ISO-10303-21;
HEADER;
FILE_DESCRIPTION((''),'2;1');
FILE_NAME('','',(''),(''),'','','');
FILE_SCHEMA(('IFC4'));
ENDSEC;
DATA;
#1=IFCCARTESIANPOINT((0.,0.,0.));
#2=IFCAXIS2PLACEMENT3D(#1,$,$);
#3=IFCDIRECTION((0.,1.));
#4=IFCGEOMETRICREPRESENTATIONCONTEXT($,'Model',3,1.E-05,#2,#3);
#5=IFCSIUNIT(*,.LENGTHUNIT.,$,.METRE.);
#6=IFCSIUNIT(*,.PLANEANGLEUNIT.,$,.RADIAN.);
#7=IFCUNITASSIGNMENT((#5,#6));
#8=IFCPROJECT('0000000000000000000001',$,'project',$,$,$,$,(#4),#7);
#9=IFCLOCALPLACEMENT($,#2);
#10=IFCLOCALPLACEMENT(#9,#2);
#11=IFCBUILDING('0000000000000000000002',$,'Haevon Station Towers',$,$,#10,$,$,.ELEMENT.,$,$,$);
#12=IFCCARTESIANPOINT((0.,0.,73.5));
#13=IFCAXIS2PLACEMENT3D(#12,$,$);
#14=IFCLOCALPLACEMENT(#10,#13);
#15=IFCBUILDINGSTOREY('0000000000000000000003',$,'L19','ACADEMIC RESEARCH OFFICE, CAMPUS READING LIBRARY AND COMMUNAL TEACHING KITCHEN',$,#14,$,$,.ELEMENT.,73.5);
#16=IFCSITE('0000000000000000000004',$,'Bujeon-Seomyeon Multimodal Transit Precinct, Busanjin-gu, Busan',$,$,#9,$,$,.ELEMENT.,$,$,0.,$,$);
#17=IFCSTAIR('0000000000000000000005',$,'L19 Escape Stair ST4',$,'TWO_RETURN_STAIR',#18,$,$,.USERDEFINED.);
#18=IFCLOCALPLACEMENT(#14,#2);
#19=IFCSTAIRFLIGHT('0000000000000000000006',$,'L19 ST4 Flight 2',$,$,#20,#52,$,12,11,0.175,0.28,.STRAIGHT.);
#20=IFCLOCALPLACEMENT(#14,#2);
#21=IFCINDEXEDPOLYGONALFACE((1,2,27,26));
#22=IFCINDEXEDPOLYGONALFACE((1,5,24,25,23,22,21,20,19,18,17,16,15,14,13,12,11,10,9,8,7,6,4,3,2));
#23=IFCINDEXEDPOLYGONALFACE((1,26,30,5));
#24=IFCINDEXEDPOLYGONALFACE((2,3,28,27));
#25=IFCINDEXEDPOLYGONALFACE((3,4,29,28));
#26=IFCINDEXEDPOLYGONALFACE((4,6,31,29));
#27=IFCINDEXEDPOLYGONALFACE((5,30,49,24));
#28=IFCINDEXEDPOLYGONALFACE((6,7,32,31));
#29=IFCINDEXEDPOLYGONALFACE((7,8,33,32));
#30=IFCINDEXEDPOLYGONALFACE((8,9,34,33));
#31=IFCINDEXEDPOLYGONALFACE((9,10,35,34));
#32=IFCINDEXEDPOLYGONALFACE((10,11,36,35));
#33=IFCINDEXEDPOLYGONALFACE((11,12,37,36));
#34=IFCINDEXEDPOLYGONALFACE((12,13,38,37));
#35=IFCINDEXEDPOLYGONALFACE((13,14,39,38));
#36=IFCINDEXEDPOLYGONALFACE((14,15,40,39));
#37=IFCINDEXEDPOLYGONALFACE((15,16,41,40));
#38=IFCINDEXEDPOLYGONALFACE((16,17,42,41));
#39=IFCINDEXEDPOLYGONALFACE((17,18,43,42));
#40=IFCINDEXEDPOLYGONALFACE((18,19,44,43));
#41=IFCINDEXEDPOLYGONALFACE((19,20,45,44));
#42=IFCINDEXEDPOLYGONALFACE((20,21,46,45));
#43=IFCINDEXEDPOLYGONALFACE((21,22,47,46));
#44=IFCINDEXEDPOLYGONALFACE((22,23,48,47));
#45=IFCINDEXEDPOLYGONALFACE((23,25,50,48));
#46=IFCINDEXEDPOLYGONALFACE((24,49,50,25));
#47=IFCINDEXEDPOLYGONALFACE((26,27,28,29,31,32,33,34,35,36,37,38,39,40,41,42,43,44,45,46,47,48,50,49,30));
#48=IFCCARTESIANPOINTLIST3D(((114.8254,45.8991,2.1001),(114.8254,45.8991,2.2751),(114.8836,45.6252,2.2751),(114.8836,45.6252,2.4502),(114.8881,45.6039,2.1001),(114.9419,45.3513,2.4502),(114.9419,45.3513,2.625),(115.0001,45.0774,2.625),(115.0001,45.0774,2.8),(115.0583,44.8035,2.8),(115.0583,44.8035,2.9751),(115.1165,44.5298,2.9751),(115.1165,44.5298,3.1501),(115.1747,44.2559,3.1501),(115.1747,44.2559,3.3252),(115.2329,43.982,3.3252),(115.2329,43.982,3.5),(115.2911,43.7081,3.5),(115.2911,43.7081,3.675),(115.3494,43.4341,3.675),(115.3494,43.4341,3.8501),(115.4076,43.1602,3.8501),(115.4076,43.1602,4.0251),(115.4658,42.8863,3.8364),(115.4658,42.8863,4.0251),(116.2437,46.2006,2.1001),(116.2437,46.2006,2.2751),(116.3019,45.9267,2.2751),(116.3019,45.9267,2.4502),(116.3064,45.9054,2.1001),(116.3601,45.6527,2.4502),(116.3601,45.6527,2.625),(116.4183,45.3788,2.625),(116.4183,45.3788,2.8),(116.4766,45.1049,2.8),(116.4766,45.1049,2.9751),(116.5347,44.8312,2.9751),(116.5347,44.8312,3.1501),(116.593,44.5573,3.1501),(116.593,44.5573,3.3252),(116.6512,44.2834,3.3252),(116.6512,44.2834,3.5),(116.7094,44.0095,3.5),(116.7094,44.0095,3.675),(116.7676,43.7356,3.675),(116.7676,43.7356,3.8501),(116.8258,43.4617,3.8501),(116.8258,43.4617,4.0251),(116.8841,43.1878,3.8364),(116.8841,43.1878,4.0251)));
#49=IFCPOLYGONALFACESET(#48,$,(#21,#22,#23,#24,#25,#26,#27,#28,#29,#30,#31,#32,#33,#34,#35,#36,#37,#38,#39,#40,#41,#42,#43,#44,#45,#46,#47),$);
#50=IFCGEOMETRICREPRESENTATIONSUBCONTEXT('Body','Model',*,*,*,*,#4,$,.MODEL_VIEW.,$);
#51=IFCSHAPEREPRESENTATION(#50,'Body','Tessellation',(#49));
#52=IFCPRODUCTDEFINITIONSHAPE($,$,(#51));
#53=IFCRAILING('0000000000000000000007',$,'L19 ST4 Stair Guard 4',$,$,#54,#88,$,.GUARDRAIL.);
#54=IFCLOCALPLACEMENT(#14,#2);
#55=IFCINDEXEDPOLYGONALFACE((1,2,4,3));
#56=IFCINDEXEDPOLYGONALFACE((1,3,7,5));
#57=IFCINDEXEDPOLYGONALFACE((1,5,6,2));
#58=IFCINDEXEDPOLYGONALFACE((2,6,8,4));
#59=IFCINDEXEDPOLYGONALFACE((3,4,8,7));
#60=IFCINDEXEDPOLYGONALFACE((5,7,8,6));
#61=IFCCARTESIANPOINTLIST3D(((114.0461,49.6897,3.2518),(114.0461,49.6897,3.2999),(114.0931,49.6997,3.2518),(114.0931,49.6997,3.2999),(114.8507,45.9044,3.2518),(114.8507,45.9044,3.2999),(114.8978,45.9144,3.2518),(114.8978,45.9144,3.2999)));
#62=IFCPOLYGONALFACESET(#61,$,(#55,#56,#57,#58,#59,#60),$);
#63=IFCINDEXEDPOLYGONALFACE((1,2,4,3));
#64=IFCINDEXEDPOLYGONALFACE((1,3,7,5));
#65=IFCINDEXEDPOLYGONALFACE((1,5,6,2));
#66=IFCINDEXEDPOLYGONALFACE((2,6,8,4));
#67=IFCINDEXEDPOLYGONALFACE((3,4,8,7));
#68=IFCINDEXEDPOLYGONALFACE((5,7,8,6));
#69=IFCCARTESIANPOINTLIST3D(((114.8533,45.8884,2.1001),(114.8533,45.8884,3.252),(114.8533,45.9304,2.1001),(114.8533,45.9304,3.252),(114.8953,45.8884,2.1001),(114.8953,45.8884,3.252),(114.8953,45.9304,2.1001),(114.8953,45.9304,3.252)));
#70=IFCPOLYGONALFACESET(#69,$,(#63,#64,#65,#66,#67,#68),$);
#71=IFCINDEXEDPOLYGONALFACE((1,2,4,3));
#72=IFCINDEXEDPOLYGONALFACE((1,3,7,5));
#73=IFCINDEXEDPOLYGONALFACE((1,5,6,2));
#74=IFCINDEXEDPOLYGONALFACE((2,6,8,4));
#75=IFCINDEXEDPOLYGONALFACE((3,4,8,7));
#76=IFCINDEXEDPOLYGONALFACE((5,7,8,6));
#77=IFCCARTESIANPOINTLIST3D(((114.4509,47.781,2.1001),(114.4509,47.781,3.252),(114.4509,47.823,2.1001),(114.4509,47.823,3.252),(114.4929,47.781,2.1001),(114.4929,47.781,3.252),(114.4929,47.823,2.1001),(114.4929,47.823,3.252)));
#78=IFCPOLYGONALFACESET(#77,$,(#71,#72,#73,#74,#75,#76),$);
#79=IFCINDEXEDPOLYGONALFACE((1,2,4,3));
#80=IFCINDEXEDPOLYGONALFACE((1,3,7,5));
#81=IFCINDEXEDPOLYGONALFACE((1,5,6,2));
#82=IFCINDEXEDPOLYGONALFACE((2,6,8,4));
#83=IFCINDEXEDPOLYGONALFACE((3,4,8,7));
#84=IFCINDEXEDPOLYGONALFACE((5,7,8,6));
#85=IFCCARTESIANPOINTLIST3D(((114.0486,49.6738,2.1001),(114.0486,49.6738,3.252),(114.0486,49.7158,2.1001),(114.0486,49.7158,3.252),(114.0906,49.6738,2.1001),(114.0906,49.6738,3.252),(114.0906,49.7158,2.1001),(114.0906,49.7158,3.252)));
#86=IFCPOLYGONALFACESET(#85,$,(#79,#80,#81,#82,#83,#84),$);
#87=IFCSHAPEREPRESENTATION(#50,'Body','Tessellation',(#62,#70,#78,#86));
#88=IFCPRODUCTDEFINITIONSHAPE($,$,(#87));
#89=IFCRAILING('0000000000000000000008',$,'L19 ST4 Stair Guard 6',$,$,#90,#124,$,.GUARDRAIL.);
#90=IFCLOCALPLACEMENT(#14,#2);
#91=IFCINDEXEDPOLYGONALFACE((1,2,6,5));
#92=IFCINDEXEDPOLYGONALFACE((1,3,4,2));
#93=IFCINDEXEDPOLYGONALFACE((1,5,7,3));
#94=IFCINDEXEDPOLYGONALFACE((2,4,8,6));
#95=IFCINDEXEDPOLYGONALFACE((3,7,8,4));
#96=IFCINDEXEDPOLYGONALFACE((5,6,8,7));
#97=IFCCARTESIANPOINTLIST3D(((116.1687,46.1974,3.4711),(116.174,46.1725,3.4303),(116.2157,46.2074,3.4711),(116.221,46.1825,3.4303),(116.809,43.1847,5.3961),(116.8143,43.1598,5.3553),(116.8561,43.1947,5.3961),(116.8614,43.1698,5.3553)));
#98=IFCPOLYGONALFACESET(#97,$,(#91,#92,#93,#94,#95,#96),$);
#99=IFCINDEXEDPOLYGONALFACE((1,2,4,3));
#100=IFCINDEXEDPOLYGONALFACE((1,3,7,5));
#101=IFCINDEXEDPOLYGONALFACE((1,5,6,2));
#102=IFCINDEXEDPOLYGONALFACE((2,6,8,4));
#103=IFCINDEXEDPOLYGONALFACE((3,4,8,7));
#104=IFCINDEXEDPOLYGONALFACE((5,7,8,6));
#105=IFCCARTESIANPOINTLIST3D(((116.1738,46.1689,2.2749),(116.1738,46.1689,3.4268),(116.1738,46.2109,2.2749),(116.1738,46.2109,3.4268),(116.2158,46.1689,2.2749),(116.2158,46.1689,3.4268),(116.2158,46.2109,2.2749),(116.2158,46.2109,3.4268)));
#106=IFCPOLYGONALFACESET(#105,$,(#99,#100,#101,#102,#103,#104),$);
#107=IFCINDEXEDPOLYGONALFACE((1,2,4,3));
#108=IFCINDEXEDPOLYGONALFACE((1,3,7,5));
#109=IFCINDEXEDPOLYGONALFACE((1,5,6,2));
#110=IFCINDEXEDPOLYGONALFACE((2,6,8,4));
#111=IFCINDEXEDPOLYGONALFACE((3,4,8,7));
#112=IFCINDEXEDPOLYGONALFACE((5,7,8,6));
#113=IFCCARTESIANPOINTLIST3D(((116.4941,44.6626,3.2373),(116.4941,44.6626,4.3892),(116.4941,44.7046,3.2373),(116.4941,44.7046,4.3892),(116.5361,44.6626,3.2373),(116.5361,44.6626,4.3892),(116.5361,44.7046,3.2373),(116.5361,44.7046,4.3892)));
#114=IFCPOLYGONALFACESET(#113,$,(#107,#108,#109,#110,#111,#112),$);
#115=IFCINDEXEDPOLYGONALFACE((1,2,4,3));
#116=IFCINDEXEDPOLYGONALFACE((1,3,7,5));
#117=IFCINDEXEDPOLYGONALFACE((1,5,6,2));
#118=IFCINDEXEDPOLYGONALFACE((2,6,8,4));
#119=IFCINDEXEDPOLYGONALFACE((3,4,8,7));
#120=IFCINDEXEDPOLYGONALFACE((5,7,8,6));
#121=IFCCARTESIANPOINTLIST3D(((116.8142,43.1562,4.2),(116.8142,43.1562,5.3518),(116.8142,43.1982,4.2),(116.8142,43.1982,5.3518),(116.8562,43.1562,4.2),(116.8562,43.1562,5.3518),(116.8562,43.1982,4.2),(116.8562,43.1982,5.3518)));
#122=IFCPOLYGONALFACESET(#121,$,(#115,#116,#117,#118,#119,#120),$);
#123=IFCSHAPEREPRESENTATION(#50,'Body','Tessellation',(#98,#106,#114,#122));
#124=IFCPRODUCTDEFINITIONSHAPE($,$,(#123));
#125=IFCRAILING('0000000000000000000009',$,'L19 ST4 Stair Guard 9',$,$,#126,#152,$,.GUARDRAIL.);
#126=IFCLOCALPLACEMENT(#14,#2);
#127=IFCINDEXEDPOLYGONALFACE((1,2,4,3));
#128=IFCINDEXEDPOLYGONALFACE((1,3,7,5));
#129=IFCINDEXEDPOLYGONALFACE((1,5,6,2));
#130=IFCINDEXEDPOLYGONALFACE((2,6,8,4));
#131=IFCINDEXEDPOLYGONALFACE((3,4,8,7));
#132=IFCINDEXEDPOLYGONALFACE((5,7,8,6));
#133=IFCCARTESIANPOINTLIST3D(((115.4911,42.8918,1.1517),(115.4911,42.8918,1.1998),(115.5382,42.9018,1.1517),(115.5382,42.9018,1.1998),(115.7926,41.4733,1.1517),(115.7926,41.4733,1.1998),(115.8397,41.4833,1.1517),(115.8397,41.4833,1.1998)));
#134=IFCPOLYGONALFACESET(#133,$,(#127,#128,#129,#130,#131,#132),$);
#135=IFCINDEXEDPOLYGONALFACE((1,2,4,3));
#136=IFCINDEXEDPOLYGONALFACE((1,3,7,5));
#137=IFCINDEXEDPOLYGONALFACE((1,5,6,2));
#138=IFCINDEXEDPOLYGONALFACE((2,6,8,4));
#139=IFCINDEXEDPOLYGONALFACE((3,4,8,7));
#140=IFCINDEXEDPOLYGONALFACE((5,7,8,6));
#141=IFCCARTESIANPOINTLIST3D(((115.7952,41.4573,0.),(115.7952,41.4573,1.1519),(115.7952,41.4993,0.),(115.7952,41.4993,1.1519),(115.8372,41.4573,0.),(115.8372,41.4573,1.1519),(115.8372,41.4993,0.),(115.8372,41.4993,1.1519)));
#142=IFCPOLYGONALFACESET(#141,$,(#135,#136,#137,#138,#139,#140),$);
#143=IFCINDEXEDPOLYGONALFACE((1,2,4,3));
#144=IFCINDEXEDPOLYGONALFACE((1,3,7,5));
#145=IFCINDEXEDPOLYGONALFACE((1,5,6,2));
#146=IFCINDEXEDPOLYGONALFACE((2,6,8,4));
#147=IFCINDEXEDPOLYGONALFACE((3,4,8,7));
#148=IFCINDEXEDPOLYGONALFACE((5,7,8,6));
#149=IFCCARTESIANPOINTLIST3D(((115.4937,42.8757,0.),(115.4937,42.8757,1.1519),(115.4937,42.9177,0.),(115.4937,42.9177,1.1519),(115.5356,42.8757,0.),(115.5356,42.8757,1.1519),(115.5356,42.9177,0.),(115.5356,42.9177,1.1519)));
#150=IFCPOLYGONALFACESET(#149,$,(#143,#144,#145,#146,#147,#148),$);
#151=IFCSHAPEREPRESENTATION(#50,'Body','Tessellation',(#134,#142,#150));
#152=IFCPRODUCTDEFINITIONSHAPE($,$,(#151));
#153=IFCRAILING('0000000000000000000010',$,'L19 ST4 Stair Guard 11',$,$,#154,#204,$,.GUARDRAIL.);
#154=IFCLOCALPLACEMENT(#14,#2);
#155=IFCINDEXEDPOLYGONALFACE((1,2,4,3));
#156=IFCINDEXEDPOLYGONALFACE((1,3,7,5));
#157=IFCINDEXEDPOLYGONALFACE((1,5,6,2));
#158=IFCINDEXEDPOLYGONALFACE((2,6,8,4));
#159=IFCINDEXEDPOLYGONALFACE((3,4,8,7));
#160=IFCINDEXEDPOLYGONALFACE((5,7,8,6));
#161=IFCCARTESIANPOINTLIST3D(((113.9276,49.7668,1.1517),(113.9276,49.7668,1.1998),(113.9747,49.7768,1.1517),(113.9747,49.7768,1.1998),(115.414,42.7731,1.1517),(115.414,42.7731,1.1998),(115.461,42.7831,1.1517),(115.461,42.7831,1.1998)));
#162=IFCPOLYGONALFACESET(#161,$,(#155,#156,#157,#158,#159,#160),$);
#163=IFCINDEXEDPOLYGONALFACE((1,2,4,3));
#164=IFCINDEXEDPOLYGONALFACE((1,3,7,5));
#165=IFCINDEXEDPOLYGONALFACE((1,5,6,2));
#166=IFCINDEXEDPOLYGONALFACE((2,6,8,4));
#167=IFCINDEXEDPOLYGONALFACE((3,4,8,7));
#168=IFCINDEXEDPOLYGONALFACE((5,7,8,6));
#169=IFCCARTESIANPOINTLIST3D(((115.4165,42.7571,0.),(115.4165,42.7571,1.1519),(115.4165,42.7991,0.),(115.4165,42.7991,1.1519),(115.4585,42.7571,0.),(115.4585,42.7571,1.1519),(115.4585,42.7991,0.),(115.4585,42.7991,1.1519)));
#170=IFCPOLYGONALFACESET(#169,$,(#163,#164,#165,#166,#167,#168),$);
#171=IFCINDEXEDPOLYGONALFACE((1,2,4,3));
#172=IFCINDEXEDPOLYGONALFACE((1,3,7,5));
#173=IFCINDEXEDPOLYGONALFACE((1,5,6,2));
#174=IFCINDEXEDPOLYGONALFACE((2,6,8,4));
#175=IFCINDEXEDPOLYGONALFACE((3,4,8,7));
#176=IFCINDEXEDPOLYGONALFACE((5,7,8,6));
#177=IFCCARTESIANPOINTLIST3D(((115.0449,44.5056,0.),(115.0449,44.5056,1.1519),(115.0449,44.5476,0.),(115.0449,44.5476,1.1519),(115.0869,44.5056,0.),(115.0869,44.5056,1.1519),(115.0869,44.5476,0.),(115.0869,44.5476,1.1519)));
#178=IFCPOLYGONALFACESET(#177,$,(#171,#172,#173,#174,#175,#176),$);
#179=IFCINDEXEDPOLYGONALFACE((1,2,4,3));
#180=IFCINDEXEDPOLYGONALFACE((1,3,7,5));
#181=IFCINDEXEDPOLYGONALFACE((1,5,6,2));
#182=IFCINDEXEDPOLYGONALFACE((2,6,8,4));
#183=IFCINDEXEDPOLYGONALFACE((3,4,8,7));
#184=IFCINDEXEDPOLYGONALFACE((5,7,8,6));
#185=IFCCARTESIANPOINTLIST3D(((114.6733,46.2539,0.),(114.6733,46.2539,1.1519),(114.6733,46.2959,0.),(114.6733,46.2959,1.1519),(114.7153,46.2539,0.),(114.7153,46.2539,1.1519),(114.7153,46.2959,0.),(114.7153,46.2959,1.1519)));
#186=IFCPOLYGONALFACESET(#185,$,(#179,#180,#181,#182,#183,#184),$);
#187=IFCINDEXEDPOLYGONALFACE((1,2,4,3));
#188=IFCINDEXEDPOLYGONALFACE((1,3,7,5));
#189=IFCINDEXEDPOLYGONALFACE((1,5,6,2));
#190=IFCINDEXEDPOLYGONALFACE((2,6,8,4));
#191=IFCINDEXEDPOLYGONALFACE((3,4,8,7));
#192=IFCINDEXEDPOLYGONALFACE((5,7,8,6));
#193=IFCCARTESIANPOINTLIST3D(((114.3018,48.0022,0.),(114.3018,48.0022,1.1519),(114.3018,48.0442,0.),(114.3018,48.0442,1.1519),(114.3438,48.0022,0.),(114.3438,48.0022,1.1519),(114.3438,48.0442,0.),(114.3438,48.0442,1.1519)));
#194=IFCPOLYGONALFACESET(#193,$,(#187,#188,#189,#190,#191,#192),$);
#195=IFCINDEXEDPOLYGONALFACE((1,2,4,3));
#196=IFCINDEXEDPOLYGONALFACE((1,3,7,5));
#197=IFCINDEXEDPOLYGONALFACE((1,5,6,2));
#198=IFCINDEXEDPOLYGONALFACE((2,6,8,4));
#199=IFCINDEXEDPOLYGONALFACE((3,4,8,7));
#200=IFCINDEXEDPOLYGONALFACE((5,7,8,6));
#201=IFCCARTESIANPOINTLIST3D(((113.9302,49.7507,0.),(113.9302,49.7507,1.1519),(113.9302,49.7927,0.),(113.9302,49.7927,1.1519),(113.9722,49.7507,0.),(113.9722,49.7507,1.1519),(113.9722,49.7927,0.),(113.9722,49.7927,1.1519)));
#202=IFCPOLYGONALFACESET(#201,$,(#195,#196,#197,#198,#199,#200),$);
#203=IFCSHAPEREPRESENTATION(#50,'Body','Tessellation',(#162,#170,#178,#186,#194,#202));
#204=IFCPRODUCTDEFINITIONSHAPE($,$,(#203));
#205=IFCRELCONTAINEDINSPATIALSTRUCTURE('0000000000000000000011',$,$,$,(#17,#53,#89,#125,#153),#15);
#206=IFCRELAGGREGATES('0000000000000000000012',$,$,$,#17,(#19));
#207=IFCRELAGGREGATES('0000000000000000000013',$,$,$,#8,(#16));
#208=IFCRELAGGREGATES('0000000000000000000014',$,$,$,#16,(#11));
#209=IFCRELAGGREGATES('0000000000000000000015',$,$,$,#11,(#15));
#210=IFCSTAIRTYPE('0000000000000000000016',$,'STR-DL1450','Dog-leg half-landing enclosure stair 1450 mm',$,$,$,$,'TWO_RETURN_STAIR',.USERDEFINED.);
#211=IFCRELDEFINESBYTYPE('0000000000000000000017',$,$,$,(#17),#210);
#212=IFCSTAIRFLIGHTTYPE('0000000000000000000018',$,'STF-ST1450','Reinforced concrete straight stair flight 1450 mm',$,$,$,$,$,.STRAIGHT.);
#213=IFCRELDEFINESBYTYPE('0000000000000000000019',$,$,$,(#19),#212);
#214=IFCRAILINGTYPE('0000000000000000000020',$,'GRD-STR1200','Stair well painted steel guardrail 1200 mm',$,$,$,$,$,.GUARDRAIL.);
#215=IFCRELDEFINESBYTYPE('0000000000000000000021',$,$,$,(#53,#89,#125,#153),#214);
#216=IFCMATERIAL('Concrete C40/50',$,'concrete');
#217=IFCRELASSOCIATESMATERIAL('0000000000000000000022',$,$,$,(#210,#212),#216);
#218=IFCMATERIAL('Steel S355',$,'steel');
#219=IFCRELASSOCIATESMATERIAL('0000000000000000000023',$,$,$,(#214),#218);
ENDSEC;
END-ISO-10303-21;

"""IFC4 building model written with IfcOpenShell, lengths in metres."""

from ifc_helpers import new_model, si_unit, direction, frame, origin, origin_2d, place, context, subcontext, project, spatial, polyline, rectangle, outline, extrude, material, type_object, element, aggregate, save


model = new_model("IFC4")

# Units and contexts
model_context = context("Model", 3, precision=1e-05, world=origin(), true_north=direction((0.0, 1.0)))
body_context = subcontext(model_context, "Body", "Model", "MODEL_VIEW")
ifc_project = project(units=[si_unit("LENGTHUNIT", "METRE"), si_unit("PLANEANGLEUNIT", "RADIAN")], contexts=[model_context])

# Site, building, storey
site_placement = place(None, origin())
site = spatial("IfcSite", under=ifc_project, at=site_placement, Name="Bujeon-Seomyeon Multimodal Transit Precinct, Busanjin-gu, Busan", CompositionType="ELEMENT", RefElevation=0.0)
building_placement = place(site_placement, origin())
building = spatial("IfcBuilding", under=site, at=building_placement, Name="Haevon Station Towers", CompositionType="ELEMENT")
storey_placement = place(building_placement, frame((0.0, 0.0, 73.5)))
storey = spatial("IfcBuildingStorey", under=building, at=storey_placement, Name="L19", Description="ACADEMIC RESEARCH OFFICE, CAMPUS READING LIBRARY AND COMMUNAL TEACHING KITCHEN", CompositionType="ELEMENT", Elevation=73.5)

# Shared definitions
ifc_material_1 = material(Name="Steel S355", Category="steel")

# Shared definitions
ifc_material_2 = material(Name="Concrete C40/50", Category="concrete")

# Stair, stair flight
stair_type = type_object("IfcStairType", Name="STR-DL1450", Description="Dog-leg half-landing enclosure stair 1450 mm", ElementType="TWO_RETURN_STAIR", PredefinedType="USERDEFINED", material=ifc_material_2)
stair_placement = place(storey_placement, origin())
stair = element("IfcStair", 1, at=stair_placement, inside=storey, type_object=stair_type, Name="L19 Escape Stair ST4", ObjectType="TWO_RETURN_STAIR", PredefinedType="USERDEFINED")
stair_flight_type = type_object("IfcStairFlightType", Name="STF-ST1450", Description="Reinforced concrete straight stair flight 1450 mm", PredefinedType="STRAIGHT", material=ifc_material_2)
stair_flight_placement = place(storey_placement, frame((115.5344, 46.0498, 2.1001), z_axis=(0.0, 0.0, 1.0), x_axis=(0.207912, -0.978148, 0.0)))
stair_flight = element("IfcStairFlight", 2, at=stair_flight_placement, type_object=stair_flight_type, Name="L19 ST4 Flight 2", NumberOfRisers=12, NumberOfTreads=11, PredefinedType="STRAIGHT", RiserHeight=0.175, TreadLength=0.28, context=body_context, shape_type="SweptSolid", body=[
    extrude(outline(polyline([(0.0, 0.0), (0.0, 0.175), (0.28, 0.175), (0.28, 0.3501), (0.5601, 0.3501), (0.5601, 0.5249), (0.8401, 0.5249), (0.8401, 0.7), (1.1201, 0.7), (1.1201, 0.875), (1.3999, 0.875), (1.3999, 1.05), (1.6799, 1.05), (1.6799, 1.2251), (1.96, 1.2251), (1.96, 1.3999), (2.24, 1.3999), (2.24, 1.575), (2.52, 1.575), (2.52, 1.75), (2.8, 1.75), (2.8, 1.925), (3.0801, 1.925), (3.0801, 2.1001), (3.0801, 1.7363), (0.3018, 0.0), (0.0, 0.0)])), frame((0.0, 0.7251, 0.0), z_axis=(0.0, -1.0, 0.0), x_axis=(1.0, 0.0, 0.0)), (0.0, 0.0, 1.0), 1.45),
])
aggregate(stair, [stair_flight])

# Railings
railing_type_1 = type_object("IfcRailingType", Name="GRD-STR1200", Description="Stair well painted steel guardrail 1200 mm", PredefinedType="GUARDRAIL", material=ifc_material_1)
railing_1_placement = place(storey_placement, frame((114.8743, 45.9094, 2.1001)))
element("IfcRailing", 3, at=railing_1_placement, inside=storey, type_object=railing_type_1, Name="L19 ST4 Stair Guard 4", PredefinedType="GUARDRAIL", context=body_context, shape_type="SweptSolid", body=[
    extrude(rectangle(XDim=0.0481, YDim=0.0481, at=origin_2d()), frame((0.0, 0.0, 1.1758), z_axis=(-0.20793, 0.978144, 0.0), x_axis=(-0.978144, -0.20793, 0.0)), (0.0, 0.0, 1.0), 3.8699),
    extrude(rectangle(XDim=0.042, YDim=0.042, at=origin_2d()), origin(), (0.0, 0.0, 1.0), 1.1519),
    extrude(rectangle(XDim=0.042, YDim=0.042, at=origin_2d()), frame((-0.4023, 1.8926, 0.0)), (0.0, 0.0, 1.0), 1.1519),
    extrude(rectangle(XDim=0.042, YDim=0.042, at=origin_2d()), frame((-0.8047, 3.7854, 0.0)), (0.0, 0.0, 1.0), 1.1519),
])
railing_2_placement = place(storey_placement, frame((116.1948, 46.1899, 2.2749)))
element("IfcRailing", 4, at=railing_2_placement, inside=storey, type_object=railing_type_1, Name="L19 ST4 Stair Guard 6", PredefinedType="GUARDRAIL", context=body_context, shape_type="SweptSolid", body=[
    extrude(rectangle(XDim=0.0481, YDim=0.0481, at=origin_2d()), frame((0.0, 0.0, 1.1758), z_axis=(0.176311, -0.829461, 0.530008), x_axis=(0.978147, 0.207916, 0.0)), (0.0, 0.0, 1.0), 3.6321),
    extrude(rectangle(XDim=0.042, YDim=0.042, at=origin_2d()), origin(), (0.0, 0.0, 1.0), 1.1519),
    extrude(rectangle(XDim=0.042, YDim=0.042, at=origin_2d()), frame((0.3203, -1.5063, 0.9624)), (0.0, 0.0, 1.0), 1.1519),
    extrude(rectangle(XDim=0.042, YDim=0.042, at=origin_2d()), frame((0.6404, -3.0127, 1.925)), (0.0, 0.0, 1.0), 1.1519),
])
railing_3_placement = place(storey_placement, frame((115.8162, 41.4783, 0.0)))
element("IfcRailing", 5, at=railing_3_placement, inside=storey, type_object=railing_type_1, Name="L19 ST4 Stair Guard 9", PredefinedType="GUARDRAIL", context=body_context, shape_type="SweptSolid", body=[
    extrude(rectangle(XDim=0.0481, YDim=0.0481, at=origin_2d()), frame((0.0, 0.0, 1.1758), z_axis=(-0.207919, 0.978146, 0.0), x_axis=(-0.978146, -0.207919, 0.0)), (0.0, 0.0, 1.0), 1.4502),
    extrude(rectangle(XDim=0.042, YDim=0.042, at=origin_2d()), origin(), (0.0, 0.0, 1.0), 1.1519),
    extrude(rectangle(XDim=0.042, YDim=0.042, at=origin_2d()), frame((-0.3015, 1.4185, 0.0)), (0.0, 0.0, 1.0), 1.1519),
])
railing_4_placement = place(storey_placement, frame((115.4375, 42.7781, 0.0)))
element("IfcRailing", 6, at=railing_4_placement, inside=storey, type_object=railing_type_1, Name="L19 ST4 Stair Guard 11", PredefinedType="GUARDRAIL", context=body_context, shape_type="SweptSolid", body=[
    extrude(rectangle(XDim=0.0481, YDim=0.0481, at=origin_2d()), frame((0.0, 0.0, 1.1758), z_axis=(-0.207882, 0.978154, 0.0), x_axis=(-0.978154, -0.207882, 0.0)), (0.0, 0.0, 1.0), 7.1499),
    extrude(rectangle(XDim=0.042, YDim=0.042, at=origin_2d()), origin(), (0.0, 0.0, 1.0), 1.1519),
    extrude(rectangle(XDim=0.042, YDim=0.042, at=origin_2d()), frame((-0.3716, 1.7485, 0.0)), (0.0, 0.0, 1.0), 1.1519),
    extrude(rectangle(XDim=0.042, YDim=0.042, at=origin_2d()), frame((-0.7432, 3.4968, 0.0)), (0.0, 0.0, 1.0), 1.1519),
    extrude(rectangle(XDim=0.042, YDim=0.042, at=origin_2d()), frame((-1.1147, 5.2451, 0.0)), (0.0, 0.0, 1.0), 1.1519),
    extrude(rectangle(XDim=0.042, YDim=0.042, at=origin_2d()), frame((-1.4863, 6.9937, 0.0)), (0.0, 0.0, 1.0), 1.1519),
])

save(model, "model.ifc")
